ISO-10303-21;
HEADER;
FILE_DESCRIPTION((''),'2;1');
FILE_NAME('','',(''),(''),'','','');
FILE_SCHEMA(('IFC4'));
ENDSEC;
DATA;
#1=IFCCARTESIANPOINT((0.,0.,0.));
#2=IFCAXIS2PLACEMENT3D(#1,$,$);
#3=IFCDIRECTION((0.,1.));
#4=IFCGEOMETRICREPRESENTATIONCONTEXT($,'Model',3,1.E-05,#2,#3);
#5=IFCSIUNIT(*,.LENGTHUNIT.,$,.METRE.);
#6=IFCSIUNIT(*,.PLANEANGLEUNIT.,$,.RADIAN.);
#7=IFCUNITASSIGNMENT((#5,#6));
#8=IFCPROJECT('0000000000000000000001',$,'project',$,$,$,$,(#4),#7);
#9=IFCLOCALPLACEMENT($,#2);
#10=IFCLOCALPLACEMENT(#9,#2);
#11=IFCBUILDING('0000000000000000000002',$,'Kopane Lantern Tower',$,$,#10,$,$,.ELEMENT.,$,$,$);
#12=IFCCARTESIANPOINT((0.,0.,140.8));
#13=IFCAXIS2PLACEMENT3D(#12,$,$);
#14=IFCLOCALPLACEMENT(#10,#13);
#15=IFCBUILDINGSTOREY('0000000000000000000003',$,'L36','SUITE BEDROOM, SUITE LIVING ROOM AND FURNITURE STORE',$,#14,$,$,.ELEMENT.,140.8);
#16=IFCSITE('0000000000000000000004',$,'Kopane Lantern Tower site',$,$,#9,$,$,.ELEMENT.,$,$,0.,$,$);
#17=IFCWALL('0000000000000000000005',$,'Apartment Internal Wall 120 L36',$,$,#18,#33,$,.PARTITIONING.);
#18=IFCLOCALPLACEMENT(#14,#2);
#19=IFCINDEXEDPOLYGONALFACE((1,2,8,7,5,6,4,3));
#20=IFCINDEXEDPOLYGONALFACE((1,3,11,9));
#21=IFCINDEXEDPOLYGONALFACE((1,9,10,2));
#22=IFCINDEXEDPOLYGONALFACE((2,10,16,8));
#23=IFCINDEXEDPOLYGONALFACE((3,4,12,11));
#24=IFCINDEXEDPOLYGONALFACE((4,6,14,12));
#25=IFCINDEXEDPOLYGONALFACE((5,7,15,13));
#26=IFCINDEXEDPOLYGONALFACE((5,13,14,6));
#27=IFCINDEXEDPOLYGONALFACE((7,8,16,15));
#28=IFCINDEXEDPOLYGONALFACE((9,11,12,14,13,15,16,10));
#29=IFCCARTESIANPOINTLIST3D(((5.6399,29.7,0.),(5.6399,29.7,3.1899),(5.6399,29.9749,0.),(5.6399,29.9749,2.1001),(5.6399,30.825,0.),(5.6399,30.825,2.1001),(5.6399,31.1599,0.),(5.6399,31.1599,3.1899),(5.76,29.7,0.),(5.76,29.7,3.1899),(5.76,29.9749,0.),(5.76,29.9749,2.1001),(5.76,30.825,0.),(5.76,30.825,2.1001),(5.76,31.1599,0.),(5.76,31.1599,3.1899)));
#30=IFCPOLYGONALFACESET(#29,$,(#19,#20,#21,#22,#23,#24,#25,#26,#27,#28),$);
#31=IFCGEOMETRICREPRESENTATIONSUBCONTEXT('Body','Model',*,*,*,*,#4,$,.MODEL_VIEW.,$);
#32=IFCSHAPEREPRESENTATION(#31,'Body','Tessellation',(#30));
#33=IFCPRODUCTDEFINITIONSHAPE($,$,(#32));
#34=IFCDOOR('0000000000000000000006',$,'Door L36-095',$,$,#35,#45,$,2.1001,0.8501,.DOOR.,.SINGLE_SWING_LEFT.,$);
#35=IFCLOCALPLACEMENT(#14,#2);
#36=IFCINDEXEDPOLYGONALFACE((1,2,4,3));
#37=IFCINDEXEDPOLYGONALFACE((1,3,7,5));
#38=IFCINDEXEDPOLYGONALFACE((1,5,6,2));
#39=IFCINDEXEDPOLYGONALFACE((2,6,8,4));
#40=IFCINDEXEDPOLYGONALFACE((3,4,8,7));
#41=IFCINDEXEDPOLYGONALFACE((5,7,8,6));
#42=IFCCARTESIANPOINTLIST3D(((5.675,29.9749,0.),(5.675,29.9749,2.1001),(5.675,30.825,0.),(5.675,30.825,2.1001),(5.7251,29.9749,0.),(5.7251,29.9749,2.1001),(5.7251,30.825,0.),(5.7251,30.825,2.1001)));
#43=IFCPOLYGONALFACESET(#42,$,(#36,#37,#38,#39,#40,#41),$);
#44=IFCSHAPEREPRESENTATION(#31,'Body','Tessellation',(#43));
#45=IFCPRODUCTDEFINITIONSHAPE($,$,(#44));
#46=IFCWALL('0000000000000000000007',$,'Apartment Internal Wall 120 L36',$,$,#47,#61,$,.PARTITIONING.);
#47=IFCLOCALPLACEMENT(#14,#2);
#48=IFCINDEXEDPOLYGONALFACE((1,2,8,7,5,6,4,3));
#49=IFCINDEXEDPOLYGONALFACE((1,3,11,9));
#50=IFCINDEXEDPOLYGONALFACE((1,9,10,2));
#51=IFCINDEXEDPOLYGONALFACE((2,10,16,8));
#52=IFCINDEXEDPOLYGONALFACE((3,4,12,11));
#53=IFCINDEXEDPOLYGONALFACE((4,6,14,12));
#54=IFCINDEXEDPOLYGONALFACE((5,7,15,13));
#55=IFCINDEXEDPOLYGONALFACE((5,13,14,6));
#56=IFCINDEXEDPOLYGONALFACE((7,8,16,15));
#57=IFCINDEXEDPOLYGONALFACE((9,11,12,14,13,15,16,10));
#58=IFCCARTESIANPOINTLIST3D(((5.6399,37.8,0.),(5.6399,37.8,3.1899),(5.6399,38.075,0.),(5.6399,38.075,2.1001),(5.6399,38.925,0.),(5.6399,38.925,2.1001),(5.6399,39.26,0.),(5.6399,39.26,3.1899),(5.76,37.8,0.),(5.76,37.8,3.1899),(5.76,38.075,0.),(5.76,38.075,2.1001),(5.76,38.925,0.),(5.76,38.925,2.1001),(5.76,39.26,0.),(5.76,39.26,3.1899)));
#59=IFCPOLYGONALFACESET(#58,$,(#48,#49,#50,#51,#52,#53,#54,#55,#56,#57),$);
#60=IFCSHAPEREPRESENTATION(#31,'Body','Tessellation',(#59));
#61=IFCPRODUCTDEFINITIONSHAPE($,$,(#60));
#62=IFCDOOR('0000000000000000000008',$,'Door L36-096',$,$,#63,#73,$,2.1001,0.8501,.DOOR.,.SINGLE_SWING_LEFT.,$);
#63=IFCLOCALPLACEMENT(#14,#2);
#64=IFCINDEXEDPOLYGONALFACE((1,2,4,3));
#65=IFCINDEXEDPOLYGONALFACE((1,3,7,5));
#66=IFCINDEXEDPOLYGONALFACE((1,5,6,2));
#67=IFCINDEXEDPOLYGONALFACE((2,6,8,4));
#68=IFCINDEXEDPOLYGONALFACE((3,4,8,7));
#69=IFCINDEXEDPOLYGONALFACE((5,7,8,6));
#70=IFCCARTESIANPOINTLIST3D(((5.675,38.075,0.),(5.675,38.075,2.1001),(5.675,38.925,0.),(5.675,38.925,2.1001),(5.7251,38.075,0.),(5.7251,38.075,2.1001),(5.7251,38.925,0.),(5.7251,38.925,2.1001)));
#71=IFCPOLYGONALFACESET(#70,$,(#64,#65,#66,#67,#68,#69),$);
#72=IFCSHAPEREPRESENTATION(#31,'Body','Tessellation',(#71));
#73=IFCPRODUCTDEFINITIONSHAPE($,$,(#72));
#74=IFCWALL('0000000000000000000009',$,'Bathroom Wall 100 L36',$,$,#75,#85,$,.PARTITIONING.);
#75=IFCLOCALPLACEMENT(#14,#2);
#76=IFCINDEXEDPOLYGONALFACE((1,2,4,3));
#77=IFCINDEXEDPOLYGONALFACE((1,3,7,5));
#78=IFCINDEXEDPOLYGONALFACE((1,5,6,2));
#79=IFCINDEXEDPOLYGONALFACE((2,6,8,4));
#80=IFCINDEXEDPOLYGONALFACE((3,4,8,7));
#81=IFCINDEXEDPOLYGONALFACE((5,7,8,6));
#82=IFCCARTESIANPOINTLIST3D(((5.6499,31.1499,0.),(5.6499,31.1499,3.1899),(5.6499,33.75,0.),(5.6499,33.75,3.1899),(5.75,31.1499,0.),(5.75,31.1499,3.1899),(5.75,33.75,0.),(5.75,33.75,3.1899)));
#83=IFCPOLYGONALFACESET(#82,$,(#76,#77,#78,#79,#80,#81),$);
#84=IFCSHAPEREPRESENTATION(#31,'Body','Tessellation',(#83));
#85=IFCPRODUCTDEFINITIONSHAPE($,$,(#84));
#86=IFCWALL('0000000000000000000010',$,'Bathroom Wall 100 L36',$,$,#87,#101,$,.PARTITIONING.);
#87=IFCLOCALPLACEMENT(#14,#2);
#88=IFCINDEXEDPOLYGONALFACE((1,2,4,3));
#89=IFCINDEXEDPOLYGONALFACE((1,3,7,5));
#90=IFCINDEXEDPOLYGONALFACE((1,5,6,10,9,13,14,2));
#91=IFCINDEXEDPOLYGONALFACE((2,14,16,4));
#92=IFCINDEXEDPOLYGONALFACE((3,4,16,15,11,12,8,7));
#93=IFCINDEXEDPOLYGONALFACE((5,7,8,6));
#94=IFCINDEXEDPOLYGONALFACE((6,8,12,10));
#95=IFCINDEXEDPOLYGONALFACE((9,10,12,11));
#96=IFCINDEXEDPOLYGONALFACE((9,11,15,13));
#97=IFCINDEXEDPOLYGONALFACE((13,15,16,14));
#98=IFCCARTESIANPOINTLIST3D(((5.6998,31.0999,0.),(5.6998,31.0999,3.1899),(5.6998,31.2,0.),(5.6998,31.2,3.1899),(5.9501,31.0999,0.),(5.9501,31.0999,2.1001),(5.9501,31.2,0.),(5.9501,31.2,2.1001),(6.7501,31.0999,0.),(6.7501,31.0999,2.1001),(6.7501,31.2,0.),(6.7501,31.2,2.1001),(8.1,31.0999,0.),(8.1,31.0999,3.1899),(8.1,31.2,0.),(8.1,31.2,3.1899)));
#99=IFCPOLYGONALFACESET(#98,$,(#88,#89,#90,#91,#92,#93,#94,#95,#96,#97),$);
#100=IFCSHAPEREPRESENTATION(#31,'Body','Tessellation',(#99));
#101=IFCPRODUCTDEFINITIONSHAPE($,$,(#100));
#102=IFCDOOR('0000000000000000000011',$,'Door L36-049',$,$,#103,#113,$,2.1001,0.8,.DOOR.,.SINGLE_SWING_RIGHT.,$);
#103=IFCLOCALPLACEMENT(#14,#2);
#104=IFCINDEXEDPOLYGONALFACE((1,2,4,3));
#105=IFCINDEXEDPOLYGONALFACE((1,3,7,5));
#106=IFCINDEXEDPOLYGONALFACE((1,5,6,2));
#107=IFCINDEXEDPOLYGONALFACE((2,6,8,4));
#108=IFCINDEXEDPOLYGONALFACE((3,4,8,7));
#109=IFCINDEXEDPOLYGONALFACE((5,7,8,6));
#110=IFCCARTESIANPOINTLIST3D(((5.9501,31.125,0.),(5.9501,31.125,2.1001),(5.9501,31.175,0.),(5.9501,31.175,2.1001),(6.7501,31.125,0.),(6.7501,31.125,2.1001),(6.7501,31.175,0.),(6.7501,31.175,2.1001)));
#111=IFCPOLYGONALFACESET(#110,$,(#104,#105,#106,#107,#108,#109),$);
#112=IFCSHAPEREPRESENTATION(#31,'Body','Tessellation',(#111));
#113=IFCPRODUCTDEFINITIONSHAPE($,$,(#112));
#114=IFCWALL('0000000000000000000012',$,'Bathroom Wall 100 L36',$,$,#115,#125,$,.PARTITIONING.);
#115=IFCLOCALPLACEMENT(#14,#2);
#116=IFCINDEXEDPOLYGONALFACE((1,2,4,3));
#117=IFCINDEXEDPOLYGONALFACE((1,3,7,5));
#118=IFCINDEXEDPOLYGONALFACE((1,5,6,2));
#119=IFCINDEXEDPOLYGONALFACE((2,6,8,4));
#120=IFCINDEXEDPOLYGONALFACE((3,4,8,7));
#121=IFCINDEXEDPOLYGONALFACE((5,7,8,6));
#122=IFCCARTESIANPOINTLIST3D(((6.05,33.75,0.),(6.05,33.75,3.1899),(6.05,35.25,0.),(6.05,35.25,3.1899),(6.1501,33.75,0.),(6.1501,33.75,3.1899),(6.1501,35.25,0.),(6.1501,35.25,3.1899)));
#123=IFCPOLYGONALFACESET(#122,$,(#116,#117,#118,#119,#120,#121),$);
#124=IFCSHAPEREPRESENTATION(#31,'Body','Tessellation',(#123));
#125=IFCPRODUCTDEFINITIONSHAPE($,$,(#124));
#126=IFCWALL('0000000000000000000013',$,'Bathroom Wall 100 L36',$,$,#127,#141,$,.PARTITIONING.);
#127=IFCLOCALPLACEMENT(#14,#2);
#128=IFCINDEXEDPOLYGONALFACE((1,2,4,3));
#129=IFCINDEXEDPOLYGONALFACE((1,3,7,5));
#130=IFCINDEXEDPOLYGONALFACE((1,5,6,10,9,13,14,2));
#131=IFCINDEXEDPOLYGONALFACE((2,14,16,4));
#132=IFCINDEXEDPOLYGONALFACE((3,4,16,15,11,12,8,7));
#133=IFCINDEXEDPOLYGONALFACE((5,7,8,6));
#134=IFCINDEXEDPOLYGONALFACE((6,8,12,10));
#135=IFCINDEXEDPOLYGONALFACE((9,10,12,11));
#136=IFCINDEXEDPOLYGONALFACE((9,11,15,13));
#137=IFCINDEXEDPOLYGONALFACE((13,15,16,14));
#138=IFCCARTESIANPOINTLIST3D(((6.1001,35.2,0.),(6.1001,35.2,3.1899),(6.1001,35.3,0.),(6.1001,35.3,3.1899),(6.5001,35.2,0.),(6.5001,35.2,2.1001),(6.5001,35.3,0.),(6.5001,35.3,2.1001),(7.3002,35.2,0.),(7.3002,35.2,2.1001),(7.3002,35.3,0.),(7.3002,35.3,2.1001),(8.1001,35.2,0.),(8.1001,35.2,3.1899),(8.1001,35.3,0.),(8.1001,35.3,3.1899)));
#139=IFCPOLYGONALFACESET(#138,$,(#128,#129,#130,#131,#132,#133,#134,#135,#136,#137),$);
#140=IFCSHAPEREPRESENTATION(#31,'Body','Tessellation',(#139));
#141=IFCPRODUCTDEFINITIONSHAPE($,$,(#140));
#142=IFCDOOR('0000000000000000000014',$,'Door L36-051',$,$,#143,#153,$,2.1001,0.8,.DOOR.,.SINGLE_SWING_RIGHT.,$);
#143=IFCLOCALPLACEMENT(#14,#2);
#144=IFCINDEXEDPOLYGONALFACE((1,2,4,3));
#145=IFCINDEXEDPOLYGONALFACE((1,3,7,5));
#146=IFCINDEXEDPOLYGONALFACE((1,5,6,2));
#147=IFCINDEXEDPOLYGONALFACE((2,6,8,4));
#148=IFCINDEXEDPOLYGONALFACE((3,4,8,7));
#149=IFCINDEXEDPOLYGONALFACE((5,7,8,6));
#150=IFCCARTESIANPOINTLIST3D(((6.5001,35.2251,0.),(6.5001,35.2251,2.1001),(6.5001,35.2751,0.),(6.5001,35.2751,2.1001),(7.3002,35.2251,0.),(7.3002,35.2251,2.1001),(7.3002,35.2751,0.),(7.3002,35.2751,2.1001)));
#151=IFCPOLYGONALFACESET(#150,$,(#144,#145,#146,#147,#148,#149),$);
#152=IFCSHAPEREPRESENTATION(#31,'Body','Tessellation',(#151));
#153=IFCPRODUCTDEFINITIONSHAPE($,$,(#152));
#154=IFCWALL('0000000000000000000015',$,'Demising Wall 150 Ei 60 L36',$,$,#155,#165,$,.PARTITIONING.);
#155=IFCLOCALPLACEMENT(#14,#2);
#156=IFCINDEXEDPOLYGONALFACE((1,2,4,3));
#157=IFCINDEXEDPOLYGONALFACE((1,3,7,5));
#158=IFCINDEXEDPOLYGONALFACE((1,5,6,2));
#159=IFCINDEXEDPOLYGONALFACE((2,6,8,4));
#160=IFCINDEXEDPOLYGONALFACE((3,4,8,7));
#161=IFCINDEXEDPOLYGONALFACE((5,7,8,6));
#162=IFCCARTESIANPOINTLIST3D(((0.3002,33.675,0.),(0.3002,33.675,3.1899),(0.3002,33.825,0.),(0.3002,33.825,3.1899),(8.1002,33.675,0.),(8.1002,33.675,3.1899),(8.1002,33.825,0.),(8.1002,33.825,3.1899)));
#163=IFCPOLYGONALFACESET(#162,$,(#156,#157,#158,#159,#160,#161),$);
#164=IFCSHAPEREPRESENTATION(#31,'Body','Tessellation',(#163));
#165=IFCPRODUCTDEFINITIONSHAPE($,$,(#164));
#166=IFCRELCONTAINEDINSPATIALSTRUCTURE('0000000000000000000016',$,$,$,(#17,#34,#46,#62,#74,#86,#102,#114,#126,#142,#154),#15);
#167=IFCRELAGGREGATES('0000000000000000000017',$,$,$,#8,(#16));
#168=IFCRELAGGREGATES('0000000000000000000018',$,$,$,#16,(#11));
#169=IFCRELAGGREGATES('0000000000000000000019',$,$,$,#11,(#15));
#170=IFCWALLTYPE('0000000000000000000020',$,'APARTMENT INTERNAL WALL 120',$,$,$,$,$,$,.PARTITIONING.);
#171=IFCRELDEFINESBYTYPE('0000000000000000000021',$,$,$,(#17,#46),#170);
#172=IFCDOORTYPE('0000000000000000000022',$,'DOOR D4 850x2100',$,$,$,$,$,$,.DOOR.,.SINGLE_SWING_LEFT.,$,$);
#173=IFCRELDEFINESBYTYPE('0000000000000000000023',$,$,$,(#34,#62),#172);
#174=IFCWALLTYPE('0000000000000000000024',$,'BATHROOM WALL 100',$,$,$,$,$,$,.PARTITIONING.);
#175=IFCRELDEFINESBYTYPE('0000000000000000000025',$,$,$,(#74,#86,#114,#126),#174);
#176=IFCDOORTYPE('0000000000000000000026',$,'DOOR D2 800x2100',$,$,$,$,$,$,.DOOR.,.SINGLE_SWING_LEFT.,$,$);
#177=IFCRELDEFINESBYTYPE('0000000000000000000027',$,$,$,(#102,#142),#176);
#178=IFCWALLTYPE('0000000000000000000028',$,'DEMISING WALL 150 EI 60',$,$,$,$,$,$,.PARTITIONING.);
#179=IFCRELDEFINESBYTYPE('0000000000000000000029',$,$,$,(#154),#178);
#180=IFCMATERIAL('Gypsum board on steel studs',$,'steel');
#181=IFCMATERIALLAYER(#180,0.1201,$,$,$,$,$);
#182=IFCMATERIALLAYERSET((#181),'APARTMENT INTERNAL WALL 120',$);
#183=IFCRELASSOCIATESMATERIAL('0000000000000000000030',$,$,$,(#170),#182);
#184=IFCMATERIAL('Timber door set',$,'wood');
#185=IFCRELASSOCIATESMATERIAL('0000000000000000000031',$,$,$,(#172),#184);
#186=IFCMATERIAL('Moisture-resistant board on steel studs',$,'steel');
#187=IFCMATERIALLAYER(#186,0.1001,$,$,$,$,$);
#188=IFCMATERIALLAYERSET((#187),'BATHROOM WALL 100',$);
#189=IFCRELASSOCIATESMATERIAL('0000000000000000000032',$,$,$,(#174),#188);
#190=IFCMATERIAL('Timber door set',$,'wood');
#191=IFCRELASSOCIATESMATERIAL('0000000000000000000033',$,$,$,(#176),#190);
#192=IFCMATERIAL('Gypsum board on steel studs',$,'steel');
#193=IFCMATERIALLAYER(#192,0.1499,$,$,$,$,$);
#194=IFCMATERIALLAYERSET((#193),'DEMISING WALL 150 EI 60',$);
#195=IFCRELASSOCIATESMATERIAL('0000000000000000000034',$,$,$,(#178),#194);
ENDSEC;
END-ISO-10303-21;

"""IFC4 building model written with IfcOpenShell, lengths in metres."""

from ifc_helpers import new_model, si_unit, direction, frame, frame_2d, origin, place, context, subcontext, project, spatial, rectangle, extrude, material, layer, layer_set, type_object, element, fill, save


model = new_model("IFC4")

# Units and contexts
model_context = context("Model", 3, precision=1e-05, world=origin(), true_north=direction((0.0, 1.0)))
body_context = subcontext(model_context, "Body", "Model", "MODEL_VIEW")
ifc_project = project(units=[si_unit("LENGTHUNIT", "METRE"), si_unit("PLANEANGLEUNIT", "RADIAN")], contexts=[model_context])

# Site, building, storey
site_placement = place(None, origin())
site = spatial("IfcSite", under=ifc_project, at=site_placement, Name="Kopane Lantern Tower site", CompositionType="ELEMENT", RefElevation=0.0)
building_placement = place(site_placement, origin())
building = spatial("IfcBuilding", under=site, at=building_placement, Name="Kopane Lantern Tower", CompositionType="ELEMENT")
storey_placement = place(building_placement, frame((0.0, 0.0, 140.8)))
storey = spatial("IfcBuildingStorey", under=building, at=storey_placement, Name="L36", Description="SUITE BEDROOM, SUITE LIVING ROOM AND FURNITURE STORE", CompositionType="ELEMENT", Elevation=140.8)

# Walls, openings, doors
ifc_material_1 = material(Name="Gypsum board on steel studs", Category="steel")
ifc_layer_1 = layer(ifc_material_1, 0.1201)
ifc_layer_set_1 = layer_set([ifc_layer_1], Name="APARTMENT INTERNAL WALL 120")
wall_type_1 = type_object("IfcWallType", Name="APARTMENT INTERNAL WALL 120", PredefinedType="PARTITIONING", material=ifc_layer_set_1)
ifc_material_2 = material(Name="Timber door set", Category="wood")
door_type_1 = type_object("IfcDoorType", Name="DOOR D4 850x2100", OperationType="SINGLE_SWING_LEFT", PredefinedType="DOOR", material=ifc_material_2)
wall_1_placement = place(storey_placement, frame((5.7, 29.7, 0.0), z_axis=(0.0, 0.0, 1.0), x_axis=(0.0, 1.0, 0.0)))
wall_1 = element("IfcWall", 1, at=wall_1_placement, inside=storey, type_object=wall_type_1, Name="Apartment Internal Wall 120 L36", PredefinedType="PARTITIONING", context=body_context, shape_type="SweptSolid", body=[
    extrude(rectangle(XDim=1.46, YDim=0.1201, at=frame_2d((0.73, 0.0))), origin(), (0.0, 0.0, 1.0), 3.1899),
])
opening_1_placement = place(wall_1_placement, frame((0.2749, 0.0, 0.0)))
opening_1 = element("IfcOpeningElement", 2, at=opening_1_placement, cuts=wall_1, PredefinedType="OPENING", context=body_context, shape_type="SweptSolid", body=[
    extrude(rectangle(XDim=0.8501, YDim=2.1001, at=frame_2d((0.425, 1.05))), frame((0.0, 0.0701, 0.0), z_axis=(0.0, -1.0, 0.0), x_axis=(1.0, 0.0, 0.0)), (0.0, 0.0, 1.0), 0.1401),
])
door_1_placement = place(opening_1_placement, origin())
door_1 = element("IfcDoor", 3, at=door_1_placement, inside=storey, type_object=door_type_1, Name="Door L36-095", OperationType="SINGLE_SWING_LEFT", OverallHeight=2.1001, OverallWidth=0.8501, PredefinedType="DOOR", context=body_context, shape_type="SweptSolid", body=[
    extrude(rectangle(XDim=0.8501, YDim=2.1001, at=frame_2d((0.425, 1.05))), frame((0.0, 0.0249, 0.0), z_axis=(0.0, -1.0, 0.0), x_axis=(1.0, 0.0, 0.0)), (0.0, 0.0, 1.0), 0.05),
])
fill(opening_1, door_1)
wall_2_placement = place(storey_placement, frame((5.7, 37.8, 0.0), z_axis=(0.0, 0.0, 1.0), x_axis=(0.0, 1.0, 0.0)))
wall_2 = element("IfcWall", 4, at=wall_2_placement, inside=storey, type_object=wall_type_1, Name="Apartment Internal Wall 120 L36", PredefinedType="PARTITIONING", context=body_context, shape_type="SweptSolid", body=[
    extrude(rectangle(XDim=1.46, YDim=0.1201, at=frame_2d((0.73, 0.0))), origin(), (0.0, 0.0, 1.0), 3.1899),
])
opening_2_placement = place(wall_2_placement, frame((0.2749, 0.0, 0.0)))
opening_2 = element("IfcOpeningElement", 5, at=opening_2_placement, cuts=wall_2, PredefinedType="OPENING", context=body_context, shape_type="SweptSolid", body=[
    extrude(rectangle(XDim=0.8501, YDim=2.1001, at=frame_2d((0.425, 1.05))), frame((0.0, 0.0701, 0.0), z_axis=(0.0, -1.0, 0.0), x_axis=(1.0, 0.0, 0.0)), (0.0, 0.0, 1.0), 0.1401),
])
door_2_placement = place(opening_2_placement, origin())
door_2 = element("IfcDoor", 6, at=door_2_placement, inside=storey, type_object=door_type_1, Name="Door L36-096", OperationType="SINGLE_SWING_LEFT", OverallHeight=2.1001, OverallWidth=0.8501, PredefinedType="DOOR", context=body_context, shape_type="SweptSolid", body=[
    extrude(rectangle(XDim=0.8501, YDim=2.1001, at=frame_2d((0.425, 1.05))), frame((0.0, 0.0249, 0.0), z_axis=(0.0, -1.0, 0.0), x_axis=(1.0, 0.0, 0.0)), (0.0, 0.0, 1.0), 0.05),
])
fill(opening_2, door_2)

# Wall
ifc_material_3 = material(Name="Moisture-resistant board on steel studs", Category="steel")
ifc_layer_2 = layer(ifc_material_3, 0.1001)
ifc_layer_set_2 = layer_set([ifc_layer_2], Name="BATHROOM WALL 100")
wall_type_2 = type_object("IfcWallType", Name="BATHROOM WALL 100", PredefinedType="PARTITIONING", material=ifc_layer_set_2)
wall_3_placement = place(storey_placement, frame((5.7, 31.1499, 0.0), z_axis=(0.0, 0.0, 1.0), x_axis=(0.0, 1.0, 0.0)))
element("IfcWall", 7, at=wall_3_placement, inside=storey, type_object=wall_type_2, Name="Bathroom Wall 100 L36", PredefinedType="PARTITIONING", context=body_context, shape_type="SweptSolid", body=[
    extrude(rectangle(XDim=2.6001, YDim=0.1001, at=frame_2d((1.3, 0.0))), origin(), (0.0, 0.0, 1.0), 3.1899),
])

# Wall, opening, door
wall_4_placement = place(storey_placement, frame((8.1001, 31.1499, 0.0), z_axis=(0.0, 0.0, 1.0), x_axis=(-1.0, 0.0, 0.0)))
wall_4 = element("IfcWall", 8, at=wall_4_placement, inside=storey, type_object=wall_type_2, Name="Bathroom Wall 100 L36", PredefinedType="PARTITIONING", context=body_context, shape_type="SweptSolid", body=[
    extrude(rectangle(XDim=2.4001, YDim=0.1001, at=frame_2d((1.2002, 0.0))), origin(), (0.0, 0.0, 1.0), 3.1899),
])
opening_3_placement = place(wall_4_placement, frame((1.3501, 0.0, 0.0)))
opening_3 = element("IfcOpeningElement", 9, at=opening_3_placement, cuts=wall_4, PredefinedType="OPENING", context=body_context, shape_type="SweptSolid", body=[
    extrude(rectangle(XDim=0.8, YDim=2.1001, at=frame_2d((0.3999, 1.05))), frame((0.0, 0.0601, 0.0), z_axis=(0.0, -1.0, 0.0), x_axis=(1.0, 0.0, 0.0)), (0.0, 0.0, 1.0), 0.1201),
])
ifc_material_4 = material(Name="Timber door set", Category="wood")
door_type_2 = type_object("IfcDoorType", Name="DOOR D2 800x2100", OperationType="SINGLE_SWING_LEFT", PredefinedType="DOOR", material=ifc_material_4)
door_3_placement = place(opening_3_placement, origin())
door_3 = element("IfcDoor", 10, at=door_3_placement, inside=storey, type_object=door_type_2, Name="Door L36-049", OperationType="SINGLE_SWING_RIGHT", OverallHeight=2.1001, OverallWidth=0.8, PredefinedType="DOOR", context=body_context, shape_type="SweptSolid", body=[
    extrude(rectangle(XDim=0.8, YDim=2.1001, at=frame_2d((0.3999, 1.05))), frame((0.0, 0.0249, 0.0), z_axis=(0.0, -1.0, 0.0), x_axis=(1.0, 0.0, 0.0)), (0.0, 0.0, 1.0), 0.05),
])
fill(opening_3, door_3)

# Wall
wall_5_placement = place(storey_placement, frame((6.1001, 33.75, 0.0), z_axis=(0.0, 0.0, 1.0), x_axis=(0.0, 1.0, 0.0)))
element("IfcWall", 11, at=wall_5_placement, inside=storey, type_object=wall_type_2, Name="Bathroom Wall 100 L36", PredefinedType="PARTITIONING", context=body_context, shape_type="SweptSolid", body=[
    extrude(rectangle(XDim=1.5, YDim=0.1001, at=frame_2d((0.75, 0.0))), origin(), (0.0, 0.0, 1.0), 3.1899),
])

# Wall, opening, door
wall_6_placement = place(storey_placement, frame((8.1001, 35.25, 0.0), z_axis=(0.0, 0.0, 1.0), x_axis=(-1.0, 0.0, 0.0)))
wall_6 = element("IfcWall", 12, at=wall_6_placement, inside=storey, type_object=wall_type_2, Name="Bathroom Wall 100 L36", PredefinedType="PARTITIONING", context=body_context, shape_type="SweptSolid", body=[
    extrude(rectangle(XDim=2.0, YDim=0.1001, at=frame_2d((1.0, 0.0))), origin(), (0.0, 0.0, 1.0), 3.1899),
])
opening_4_placement = place(wall_6_placement, frame((0.8, 0.0, 0.0)))
opening_4 = element("IfcOpeningElement", 13, at=opening_4_placement, cuts=wall_6, PredefinedType="OPENING", context=body_context, shape_type="SweptSolid", body=[
    extrude(rectangle(XDim=0.8, YDim=2.1001, at=frame_2d((0.3999, 1.05))), frame((0.0, 0.0601, 0.0), z_axis=(0.0, -1.0, 0.0), x_axis=(1.0, 0.0, 0.0)), (0.0, 0.0, 1.0), 0.1201),
])
door_4_placement = place(opening_4_placement, origin())
door_4 = element("IfcDoor", 14, at=door_4_placement, inside=storey, type_object=door_type_2, Name="Door L36-051", OperationType="SINGLE_SWING_RIGHT", OverallHeight=2.1001, OverallWidth=0.8, PredefinedType="DOOR", context=body_context, shape_type="SweptSolid", body=[
    extrude(rectangle(XDim=0.8, YDim=2.1001, at=frame_2d((0.3999, 1.05))), frame((0.0, 0.0249, 0.0), z_axis=(0.0, -1.0, 0.0), x_axis=(1.0, 0.0, 0.0)), (0.0, 0.0, 1.0), 0.05),
])
fill(opening_4, door_4)

# Wall
ifc_material_5 = material(Name="Gypsum board on steel studs", Category="steel")
ifc_layer_3 = layer(ifc_material_5, 0.1499)
ifc_layer_set_3 = layer_set([ifc_layer_3], Name="DEMISING WALL 150 EI 60")
wall_type_3 = type_object("IfcWallType", Name="DEMISING WALL 150 EI 60", PredefinedType="PARTITIONING", material=ifc_layer_set_3)
wall_7_placement = place(storey_placement, frame((8.1001, 33.75, 0.0), z_axis=(0.0, 0.0, 1.0), x_axis=(-1.0, 0.0, 0.0)))
element("IfcWall", 15, at=wall_7_placement, inside=storey, type_object=wall_type_3, Name="Demising Wall 150 Ei 60 L36", PredefinedType="PARTITIONING", context=body_context, shape_type="SweptSolid", body=[
    extrude(rectangle(XDim=7.8, YDim=0.1499, at=frame_2d((3.8999, 0.0))), origin(), (0.0, 0.0, 1.0), 3.1899),
])

save(model, "model.ifc")
